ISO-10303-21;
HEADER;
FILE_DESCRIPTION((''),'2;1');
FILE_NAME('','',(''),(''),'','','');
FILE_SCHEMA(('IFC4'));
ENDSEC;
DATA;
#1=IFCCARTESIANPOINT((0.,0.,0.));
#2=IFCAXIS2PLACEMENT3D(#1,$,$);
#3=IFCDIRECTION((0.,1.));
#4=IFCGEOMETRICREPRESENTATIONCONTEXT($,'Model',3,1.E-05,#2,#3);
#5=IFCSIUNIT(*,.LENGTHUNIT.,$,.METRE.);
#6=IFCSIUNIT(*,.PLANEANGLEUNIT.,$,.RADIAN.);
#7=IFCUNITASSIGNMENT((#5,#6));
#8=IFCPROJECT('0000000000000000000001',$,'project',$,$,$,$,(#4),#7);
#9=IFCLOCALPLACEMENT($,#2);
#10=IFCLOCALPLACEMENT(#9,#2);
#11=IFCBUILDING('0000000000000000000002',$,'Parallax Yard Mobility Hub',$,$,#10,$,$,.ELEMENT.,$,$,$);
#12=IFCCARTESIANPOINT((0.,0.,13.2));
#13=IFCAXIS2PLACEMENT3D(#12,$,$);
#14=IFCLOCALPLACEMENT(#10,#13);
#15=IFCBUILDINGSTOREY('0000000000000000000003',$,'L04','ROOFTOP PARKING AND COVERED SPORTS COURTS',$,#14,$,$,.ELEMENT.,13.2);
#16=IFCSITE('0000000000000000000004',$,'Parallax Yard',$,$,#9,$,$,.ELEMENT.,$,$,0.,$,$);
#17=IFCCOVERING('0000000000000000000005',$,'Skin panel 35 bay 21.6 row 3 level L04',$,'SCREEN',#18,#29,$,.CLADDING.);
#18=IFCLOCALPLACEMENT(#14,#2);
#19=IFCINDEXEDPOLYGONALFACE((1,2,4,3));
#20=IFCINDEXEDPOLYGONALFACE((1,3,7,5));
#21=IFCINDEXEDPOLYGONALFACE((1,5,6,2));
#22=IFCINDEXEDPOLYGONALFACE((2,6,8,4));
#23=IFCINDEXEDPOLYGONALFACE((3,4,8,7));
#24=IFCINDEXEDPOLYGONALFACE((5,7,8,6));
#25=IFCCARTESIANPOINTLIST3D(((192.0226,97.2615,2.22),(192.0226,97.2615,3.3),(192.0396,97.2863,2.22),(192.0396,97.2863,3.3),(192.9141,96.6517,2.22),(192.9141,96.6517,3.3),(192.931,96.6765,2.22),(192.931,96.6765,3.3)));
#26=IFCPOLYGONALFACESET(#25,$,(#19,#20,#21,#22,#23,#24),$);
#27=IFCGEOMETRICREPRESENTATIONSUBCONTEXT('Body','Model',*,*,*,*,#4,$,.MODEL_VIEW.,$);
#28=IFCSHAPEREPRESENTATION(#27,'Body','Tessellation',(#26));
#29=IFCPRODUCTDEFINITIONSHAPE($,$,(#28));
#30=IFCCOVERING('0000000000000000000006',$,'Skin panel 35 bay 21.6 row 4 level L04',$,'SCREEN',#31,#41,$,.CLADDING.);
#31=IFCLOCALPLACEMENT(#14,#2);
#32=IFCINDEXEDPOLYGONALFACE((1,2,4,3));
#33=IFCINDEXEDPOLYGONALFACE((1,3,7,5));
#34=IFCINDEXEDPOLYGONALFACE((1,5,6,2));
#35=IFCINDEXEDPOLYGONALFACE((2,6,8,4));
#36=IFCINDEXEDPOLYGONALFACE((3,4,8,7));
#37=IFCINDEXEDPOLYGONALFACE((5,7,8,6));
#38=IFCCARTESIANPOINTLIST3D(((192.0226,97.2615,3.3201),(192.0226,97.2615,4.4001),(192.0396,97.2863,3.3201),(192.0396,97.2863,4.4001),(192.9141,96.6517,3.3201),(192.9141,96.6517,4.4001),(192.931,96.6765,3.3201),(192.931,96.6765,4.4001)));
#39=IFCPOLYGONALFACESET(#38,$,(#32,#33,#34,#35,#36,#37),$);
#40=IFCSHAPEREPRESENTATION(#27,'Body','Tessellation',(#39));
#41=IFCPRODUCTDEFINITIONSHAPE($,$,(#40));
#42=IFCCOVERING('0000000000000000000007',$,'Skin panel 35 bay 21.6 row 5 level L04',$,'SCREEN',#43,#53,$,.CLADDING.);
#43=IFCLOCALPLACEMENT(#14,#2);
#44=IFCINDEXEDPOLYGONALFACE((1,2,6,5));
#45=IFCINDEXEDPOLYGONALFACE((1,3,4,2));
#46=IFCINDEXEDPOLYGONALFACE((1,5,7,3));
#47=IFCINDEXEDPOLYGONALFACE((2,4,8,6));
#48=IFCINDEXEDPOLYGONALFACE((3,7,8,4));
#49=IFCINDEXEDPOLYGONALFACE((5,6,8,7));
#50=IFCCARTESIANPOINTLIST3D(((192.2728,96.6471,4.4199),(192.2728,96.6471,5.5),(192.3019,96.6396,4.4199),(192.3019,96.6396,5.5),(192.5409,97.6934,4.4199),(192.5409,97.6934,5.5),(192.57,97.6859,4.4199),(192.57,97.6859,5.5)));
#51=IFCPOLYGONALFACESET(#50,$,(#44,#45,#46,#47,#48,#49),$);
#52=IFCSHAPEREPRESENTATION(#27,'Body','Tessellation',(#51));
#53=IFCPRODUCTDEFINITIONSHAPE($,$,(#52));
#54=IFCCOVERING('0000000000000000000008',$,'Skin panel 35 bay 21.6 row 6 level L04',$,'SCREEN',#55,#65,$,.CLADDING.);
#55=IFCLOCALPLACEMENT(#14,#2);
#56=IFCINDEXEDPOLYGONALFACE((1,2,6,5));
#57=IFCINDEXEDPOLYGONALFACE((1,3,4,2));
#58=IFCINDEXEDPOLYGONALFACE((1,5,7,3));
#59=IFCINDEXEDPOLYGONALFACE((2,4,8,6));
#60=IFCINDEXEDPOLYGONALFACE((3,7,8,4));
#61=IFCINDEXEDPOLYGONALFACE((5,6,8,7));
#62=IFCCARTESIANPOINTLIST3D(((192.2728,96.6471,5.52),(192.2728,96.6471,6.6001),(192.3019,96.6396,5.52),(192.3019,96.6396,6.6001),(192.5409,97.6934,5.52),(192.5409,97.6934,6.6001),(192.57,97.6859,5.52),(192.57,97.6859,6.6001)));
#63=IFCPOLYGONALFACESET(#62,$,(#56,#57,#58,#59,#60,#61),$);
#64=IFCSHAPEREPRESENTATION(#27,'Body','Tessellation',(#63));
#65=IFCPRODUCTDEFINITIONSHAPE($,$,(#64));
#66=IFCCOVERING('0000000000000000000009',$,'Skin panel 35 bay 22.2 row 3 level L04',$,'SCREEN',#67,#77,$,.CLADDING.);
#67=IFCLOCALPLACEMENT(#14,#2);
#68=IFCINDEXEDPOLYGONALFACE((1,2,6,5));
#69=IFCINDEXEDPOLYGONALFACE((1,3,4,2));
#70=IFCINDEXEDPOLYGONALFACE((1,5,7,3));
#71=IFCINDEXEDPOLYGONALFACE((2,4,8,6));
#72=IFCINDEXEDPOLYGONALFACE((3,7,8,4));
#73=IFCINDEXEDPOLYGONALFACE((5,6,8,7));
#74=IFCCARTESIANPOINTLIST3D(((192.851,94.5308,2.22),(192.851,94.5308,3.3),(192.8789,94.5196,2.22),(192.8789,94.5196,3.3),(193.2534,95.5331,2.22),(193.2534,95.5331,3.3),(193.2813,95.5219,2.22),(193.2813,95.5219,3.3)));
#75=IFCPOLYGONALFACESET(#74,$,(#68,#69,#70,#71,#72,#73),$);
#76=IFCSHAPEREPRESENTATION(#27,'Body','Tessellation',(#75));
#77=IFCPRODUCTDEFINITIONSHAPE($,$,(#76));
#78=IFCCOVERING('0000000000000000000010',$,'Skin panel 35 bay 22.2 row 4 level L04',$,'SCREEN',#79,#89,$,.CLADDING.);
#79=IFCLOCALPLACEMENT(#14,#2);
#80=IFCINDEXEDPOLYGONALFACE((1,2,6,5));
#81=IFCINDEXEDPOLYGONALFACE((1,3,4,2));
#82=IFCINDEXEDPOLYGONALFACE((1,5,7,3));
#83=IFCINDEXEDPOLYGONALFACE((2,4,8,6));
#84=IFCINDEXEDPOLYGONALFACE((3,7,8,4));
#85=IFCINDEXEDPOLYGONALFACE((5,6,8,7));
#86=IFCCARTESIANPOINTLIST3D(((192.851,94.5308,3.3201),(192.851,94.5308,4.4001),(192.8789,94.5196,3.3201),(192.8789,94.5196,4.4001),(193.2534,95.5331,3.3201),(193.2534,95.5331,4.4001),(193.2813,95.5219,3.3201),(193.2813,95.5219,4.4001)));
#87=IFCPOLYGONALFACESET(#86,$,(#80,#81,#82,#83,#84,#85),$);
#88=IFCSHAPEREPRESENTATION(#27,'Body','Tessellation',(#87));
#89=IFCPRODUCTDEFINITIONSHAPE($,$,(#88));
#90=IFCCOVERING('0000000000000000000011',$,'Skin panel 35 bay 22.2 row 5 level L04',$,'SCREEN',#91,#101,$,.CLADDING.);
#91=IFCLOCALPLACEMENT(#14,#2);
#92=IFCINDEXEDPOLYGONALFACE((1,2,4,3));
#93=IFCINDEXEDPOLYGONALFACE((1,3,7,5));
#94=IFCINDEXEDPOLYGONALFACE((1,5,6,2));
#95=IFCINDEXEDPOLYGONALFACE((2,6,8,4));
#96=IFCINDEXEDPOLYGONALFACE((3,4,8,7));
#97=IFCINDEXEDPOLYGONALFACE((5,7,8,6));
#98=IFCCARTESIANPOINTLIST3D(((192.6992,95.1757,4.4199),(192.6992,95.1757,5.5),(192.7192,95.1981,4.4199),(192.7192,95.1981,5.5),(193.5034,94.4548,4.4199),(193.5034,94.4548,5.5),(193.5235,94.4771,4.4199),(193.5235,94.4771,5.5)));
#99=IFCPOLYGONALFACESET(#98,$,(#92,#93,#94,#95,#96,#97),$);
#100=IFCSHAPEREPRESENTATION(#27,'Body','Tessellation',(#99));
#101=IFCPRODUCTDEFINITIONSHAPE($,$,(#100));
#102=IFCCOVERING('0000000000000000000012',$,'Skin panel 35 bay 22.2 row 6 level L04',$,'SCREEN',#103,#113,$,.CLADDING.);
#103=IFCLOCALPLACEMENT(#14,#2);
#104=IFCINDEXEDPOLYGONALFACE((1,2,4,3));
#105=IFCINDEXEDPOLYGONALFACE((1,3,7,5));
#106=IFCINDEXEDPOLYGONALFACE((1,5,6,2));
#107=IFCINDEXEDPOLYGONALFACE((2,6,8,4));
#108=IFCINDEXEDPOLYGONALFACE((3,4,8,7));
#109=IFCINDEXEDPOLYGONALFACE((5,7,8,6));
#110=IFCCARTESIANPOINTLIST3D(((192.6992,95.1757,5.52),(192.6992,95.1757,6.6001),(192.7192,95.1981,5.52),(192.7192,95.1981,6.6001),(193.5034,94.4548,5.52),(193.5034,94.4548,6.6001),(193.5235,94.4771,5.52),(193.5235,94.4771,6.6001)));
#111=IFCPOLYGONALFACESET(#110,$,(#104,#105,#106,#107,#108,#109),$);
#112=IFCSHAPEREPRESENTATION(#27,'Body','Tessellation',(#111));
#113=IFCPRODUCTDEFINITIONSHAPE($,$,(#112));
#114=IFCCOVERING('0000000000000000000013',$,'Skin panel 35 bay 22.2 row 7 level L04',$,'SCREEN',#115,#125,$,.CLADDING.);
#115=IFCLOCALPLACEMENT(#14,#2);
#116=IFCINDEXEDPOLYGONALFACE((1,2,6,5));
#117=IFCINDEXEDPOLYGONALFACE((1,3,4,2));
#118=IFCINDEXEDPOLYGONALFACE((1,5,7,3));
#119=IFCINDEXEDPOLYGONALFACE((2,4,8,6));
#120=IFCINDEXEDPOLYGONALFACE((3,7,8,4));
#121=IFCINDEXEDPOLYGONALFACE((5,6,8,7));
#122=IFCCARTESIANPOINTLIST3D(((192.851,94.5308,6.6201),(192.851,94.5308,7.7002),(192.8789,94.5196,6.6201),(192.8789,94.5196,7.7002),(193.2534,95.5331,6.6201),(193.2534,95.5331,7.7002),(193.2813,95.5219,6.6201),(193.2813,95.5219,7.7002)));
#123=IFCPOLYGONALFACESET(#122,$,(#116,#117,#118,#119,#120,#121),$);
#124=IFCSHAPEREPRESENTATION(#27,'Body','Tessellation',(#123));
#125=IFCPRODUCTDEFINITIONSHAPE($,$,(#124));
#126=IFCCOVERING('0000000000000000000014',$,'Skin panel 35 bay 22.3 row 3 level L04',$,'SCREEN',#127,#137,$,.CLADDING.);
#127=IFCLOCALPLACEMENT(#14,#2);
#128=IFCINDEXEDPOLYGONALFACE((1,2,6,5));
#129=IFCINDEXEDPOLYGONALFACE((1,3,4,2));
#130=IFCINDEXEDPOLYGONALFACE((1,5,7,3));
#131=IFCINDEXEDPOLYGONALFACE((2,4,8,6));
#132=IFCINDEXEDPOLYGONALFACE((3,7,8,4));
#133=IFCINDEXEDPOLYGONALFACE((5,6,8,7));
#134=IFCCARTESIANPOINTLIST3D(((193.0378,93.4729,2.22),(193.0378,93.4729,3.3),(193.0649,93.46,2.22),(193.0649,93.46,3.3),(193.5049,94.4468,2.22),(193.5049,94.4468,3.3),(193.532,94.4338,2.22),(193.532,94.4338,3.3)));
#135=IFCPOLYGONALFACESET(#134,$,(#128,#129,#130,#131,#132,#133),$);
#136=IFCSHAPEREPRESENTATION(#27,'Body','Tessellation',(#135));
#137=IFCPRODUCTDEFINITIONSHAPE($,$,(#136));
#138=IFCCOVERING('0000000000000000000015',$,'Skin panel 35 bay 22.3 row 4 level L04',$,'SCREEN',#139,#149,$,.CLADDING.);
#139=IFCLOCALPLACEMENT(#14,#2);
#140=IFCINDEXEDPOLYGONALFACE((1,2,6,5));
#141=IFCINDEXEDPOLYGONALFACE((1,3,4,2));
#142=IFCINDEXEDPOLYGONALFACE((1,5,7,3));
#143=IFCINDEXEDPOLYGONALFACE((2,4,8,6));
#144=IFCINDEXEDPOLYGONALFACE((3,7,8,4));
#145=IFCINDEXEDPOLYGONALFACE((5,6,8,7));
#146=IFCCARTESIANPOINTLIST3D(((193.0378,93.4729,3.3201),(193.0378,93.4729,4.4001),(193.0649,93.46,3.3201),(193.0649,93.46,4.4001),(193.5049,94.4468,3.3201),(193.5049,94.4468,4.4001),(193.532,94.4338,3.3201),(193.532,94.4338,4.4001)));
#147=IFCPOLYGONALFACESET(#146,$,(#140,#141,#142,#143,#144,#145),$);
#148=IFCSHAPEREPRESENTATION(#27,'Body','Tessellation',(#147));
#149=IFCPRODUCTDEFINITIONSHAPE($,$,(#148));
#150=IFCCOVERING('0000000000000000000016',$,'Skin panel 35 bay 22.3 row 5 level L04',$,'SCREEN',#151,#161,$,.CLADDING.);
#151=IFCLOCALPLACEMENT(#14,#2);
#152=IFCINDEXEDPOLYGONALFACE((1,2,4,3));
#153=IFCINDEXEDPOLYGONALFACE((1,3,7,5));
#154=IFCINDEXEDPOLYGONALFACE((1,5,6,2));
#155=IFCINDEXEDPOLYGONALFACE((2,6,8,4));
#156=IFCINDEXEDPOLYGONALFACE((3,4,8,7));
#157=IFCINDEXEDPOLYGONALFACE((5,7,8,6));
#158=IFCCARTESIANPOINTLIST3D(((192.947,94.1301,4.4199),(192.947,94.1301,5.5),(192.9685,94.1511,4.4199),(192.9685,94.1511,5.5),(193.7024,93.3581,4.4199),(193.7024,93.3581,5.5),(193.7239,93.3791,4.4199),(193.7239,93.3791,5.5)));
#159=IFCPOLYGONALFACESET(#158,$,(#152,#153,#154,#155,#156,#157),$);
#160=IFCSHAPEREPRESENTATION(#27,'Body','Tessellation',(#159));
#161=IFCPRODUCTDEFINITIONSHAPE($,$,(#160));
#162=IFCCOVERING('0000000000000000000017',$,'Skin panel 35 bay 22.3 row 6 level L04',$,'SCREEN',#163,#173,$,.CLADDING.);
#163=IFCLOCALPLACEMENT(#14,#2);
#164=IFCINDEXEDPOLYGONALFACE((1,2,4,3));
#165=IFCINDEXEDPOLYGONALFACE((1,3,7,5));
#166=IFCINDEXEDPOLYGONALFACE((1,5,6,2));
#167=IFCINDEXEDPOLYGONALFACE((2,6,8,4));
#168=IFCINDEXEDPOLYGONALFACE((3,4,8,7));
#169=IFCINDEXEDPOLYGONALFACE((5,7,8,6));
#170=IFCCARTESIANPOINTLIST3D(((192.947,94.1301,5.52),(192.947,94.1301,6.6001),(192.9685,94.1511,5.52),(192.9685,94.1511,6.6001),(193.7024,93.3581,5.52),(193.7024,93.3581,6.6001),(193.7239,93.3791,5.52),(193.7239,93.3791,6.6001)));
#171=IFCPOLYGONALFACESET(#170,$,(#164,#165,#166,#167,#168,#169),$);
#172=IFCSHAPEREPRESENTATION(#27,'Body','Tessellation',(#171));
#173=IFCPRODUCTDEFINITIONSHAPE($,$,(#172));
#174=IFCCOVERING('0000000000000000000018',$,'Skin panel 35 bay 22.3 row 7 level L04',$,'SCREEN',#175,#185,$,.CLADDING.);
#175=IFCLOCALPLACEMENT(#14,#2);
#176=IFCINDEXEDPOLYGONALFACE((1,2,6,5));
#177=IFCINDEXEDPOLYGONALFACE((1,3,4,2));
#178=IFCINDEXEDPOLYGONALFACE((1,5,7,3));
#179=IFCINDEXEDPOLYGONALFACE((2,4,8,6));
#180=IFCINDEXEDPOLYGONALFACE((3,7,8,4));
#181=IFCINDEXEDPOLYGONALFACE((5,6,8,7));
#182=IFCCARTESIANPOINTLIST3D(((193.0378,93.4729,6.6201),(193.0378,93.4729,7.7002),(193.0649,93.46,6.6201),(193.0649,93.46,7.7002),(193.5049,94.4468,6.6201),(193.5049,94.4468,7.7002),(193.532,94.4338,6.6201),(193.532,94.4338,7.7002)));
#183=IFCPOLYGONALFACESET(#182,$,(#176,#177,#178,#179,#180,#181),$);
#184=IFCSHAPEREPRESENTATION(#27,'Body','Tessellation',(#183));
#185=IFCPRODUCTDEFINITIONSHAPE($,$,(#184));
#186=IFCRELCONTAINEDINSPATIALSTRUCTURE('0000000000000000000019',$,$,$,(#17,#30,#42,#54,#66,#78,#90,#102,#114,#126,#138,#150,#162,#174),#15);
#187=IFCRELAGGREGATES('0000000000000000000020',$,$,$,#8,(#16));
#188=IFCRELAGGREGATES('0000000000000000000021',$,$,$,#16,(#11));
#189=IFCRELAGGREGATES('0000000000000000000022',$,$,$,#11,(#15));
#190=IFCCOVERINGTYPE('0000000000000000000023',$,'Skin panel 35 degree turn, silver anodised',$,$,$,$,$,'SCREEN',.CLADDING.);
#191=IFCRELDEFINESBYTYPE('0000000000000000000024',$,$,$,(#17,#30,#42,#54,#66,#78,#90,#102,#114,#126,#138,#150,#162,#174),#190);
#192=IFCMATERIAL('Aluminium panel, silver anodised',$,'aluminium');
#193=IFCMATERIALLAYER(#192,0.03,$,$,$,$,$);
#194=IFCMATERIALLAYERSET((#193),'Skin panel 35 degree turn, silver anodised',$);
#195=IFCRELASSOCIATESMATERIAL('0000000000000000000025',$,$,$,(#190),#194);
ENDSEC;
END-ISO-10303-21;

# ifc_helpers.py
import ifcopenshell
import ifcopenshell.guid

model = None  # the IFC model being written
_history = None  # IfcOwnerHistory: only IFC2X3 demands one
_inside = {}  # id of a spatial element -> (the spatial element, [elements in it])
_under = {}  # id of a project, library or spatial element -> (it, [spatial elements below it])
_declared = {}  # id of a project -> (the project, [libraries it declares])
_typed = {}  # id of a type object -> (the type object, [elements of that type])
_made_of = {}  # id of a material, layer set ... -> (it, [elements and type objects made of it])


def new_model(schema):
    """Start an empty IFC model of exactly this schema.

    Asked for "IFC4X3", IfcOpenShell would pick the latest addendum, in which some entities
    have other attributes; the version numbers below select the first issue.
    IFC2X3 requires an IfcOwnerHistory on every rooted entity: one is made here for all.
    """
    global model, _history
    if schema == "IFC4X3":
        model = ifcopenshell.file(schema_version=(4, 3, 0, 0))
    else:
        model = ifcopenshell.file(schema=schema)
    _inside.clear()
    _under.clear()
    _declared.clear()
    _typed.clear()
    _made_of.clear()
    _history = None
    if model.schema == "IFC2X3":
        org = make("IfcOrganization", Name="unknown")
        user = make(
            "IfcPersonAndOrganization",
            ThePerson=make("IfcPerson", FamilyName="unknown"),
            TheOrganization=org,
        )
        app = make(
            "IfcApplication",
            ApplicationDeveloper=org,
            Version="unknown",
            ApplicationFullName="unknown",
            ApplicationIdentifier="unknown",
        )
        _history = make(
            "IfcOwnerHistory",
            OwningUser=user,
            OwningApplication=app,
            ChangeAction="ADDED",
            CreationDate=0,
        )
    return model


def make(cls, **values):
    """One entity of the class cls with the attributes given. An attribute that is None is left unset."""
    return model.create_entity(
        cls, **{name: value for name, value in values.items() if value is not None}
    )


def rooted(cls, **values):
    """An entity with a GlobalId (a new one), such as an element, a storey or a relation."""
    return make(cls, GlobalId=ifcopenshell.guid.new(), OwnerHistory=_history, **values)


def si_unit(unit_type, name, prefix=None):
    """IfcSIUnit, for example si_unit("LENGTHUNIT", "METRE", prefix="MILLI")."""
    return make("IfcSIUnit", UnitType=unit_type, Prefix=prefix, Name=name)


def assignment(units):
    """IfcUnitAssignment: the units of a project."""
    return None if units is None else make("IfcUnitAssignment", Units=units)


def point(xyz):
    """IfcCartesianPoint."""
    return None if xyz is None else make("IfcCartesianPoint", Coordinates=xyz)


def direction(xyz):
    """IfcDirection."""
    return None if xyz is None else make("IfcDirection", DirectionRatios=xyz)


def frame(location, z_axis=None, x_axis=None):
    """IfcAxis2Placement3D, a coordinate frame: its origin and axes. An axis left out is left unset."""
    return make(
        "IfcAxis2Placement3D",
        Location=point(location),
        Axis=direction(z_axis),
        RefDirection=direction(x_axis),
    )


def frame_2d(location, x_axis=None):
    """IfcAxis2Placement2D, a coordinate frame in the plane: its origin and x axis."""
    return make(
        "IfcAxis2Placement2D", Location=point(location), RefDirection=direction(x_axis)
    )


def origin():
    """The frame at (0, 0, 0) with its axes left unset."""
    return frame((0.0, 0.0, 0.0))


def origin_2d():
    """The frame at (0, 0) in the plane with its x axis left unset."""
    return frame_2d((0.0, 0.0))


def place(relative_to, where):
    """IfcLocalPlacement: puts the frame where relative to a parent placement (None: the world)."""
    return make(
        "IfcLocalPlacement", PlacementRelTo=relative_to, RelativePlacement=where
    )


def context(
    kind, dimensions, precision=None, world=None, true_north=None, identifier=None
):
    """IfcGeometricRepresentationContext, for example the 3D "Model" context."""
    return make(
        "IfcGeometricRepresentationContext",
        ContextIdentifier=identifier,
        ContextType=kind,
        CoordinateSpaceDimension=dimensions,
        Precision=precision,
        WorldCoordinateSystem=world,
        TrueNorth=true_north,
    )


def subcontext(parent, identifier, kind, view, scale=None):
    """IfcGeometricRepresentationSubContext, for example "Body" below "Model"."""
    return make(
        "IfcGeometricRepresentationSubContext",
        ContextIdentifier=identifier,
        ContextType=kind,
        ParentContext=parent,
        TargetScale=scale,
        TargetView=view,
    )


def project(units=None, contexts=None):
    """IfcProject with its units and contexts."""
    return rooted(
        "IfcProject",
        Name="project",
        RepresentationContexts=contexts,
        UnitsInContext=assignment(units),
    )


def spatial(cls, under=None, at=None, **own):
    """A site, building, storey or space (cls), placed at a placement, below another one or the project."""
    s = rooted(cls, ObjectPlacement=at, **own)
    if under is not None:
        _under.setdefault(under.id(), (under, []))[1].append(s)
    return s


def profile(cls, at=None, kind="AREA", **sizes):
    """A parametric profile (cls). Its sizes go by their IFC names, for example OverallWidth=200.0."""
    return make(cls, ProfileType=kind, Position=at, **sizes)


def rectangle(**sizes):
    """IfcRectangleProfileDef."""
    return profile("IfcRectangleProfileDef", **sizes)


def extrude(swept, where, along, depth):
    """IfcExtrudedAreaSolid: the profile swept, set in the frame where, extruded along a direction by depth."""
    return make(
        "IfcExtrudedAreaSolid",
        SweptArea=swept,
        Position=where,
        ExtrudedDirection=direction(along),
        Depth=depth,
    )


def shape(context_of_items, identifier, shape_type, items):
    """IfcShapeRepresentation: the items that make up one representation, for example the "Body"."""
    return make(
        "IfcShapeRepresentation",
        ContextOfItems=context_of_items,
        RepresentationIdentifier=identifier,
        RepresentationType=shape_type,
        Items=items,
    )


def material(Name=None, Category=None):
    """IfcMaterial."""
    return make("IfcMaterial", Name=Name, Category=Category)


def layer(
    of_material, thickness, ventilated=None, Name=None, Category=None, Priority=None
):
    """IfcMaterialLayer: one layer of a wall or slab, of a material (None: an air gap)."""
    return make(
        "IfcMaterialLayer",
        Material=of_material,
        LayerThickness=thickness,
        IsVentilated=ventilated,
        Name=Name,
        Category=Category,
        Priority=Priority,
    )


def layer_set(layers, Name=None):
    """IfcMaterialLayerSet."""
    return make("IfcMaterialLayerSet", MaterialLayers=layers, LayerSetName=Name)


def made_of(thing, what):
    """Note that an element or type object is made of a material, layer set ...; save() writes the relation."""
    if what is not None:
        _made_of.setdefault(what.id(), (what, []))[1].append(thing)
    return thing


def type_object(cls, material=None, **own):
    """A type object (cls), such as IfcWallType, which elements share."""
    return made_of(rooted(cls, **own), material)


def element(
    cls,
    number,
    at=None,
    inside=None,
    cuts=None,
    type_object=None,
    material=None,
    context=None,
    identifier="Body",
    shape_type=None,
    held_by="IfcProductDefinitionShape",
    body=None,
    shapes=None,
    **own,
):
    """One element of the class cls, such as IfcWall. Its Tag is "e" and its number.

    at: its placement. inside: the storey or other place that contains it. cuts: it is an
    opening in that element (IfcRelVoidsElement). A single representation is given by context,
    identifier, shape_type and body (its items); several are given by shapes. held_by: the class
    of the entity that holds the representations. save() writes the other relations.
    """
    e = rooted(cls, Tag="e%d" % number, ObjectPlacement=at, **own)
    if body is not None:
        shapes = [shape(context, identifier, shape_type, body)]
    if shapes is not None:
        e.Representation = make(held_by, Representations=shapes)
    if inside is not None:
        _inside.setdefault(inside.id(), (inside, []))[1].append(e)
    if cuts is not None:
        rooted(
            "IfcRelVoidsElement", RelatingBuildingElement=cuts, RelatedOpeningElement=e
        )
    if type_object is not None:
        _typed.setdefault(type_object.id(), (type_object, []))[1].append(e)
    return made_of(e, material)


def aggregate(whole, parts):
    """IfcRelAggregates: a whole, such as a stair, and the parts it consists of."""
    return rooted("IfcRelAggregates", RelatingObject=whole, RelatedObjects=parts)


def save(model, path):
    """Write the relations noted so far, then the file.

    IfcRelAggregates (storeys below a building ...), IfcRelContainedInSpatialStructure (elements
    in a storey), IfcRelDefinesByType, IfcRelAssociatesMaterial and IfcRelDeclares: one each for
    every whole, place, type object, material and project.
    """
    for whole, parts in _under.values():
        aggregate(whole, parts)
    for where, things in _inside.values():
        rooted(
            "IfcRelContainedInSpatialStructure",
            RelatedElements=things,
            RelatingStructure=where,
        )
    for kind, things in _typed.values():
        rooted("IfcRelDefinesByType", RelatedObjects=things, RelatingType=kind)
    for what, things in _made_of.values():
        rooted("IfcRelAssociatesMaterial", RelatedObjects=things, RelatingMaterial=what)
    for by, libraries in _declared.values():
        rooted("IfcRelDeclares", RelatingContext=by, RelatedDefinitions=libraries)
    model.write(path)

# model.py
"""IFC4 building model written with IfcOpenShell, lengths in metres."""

from ifc_helpers import new_model, si_unit, direction, frame, origin, origin_2d, place, context, subcontext, project, spatial, rectangle, extrude, material, layer, layer_set, type_object, element, save


model = new_model("IFC4")

# Units and contexts
model_context = context("Model", 3, precision=1e-05, world=origin(), true_north=direction((0.0, 1.0)))
body_context = subcontext(model_context, "Body", "Model", "MODEL_VIEW")
ifc_project = project(units=[si_unit("LENGTHUNIT", "METRE"), si_unit("PLANEANGLEUNIT", "RADIAN")], contexts=[model_context])

# Site, building, storey
site_placement = place(None, origin())
site = spatial("IfcSite", under=ifc_project, at=site_placement, Name="Parallax Yard", CompositionType="ELEMENT", RefElevation=0.0)
building_placement = place(site_placement, origin())
building = spatial("IfcBuilding", under=site, at=building_placement, Name="Parallax Yard Mobility Hub", CompositionType="ELEMENT")
storey_placement = place(building_placement, frame((0.0, 0.0, 13.2)))
storey = spatial("IfcBuildingStorey", under=building, at=storey_placement, Name="L04", Description="ROOFTOP PARKING AND COVERED SPORTS COURTS", CompositionType="ELEMENT", Elevation=13.2)

# Coverings
ifc_material = material(Name="Aluminium panel, silver anodised", Category="aluminium")
ifc_layer_1 = layer(ifc_material, 0.03)
ifc_layer_set_1 = layer_set([ifc_layer_1], Name="Skin panel 35 degree turn, silver anodised")
covering_type_1 = type_object("IfcCoveringType", Name="Skin panel 35 degree turn, silver anodised", ElementType="SCREEN", PredefinedType="CLADDING", material=ifc_layer_set_1)
for number, where, z_axis, x_axis, name in (
    (1, (192.4768, 96.969, 2.22), (0.0, 0.0, 1.0), (-0.82536, 0.564607, 0.0), "Skin panel 35 bay 21.6 row 3 level L04"),
    (2, (192.4768, 96.969, 3.3201), (0.0, 0.0, 1.0), (-0.82536, 0.564607, 0.0), "Skin panel 35 bay 21.6 row 4 level L04"),
    (3, (192.4214, 97.1665, 4.4199), (0.0, 0.0, 1.0), (-0.248267, -0.968692, 0.0), "Skin panel 35 bay 21.6 row 5 level L04"),
    (4, (192.4214, 97.1665, 5.52), (0.0, 0.0, 1.0), (-0.248267, -0.968692, 0.0), "Skin panel 35 bay 21.6 row 6 level L04"),
    (5, (193.0662, 95.0264, 2.22), (0.0, 0.0, 1.0), (-0.372583, -0.927999, 0.0), "Skin panel 35 bay 22.2 row 3 level L04"),
    (6, (193.0662, 95.0264, 3.3201), (0.0, 0.0, 1.0), (-0.372583, -0.927999, 0.0), "Skin panel 35 bay 22.2 row 4 level L04"),
    (7, (193.1113, 94.8264, 4.4199), (0.0, 0.0, 1.0), (-0.744603, 0.667508, 0.0), "Skin panel 35 bay 22.2 row 5 level L04"),
    (8, (193.1113, 94.8264, 5.52), (0.0, 0.0, 1.0), (-0.744603, 0.667508, 0.0), "Skin panel 35 bay 22.2 row 6 level L04"),
    (9, (193.0662, 95.0264, 6.6201), (0.0, 0.0, 1.0), (-0.372583, -0.927999, 0.0), "Skin panel 35 bay 22.2 row 7 level L04"),
    (10, (193.2849, 93.9534, 2.22), (0.0, 0.0, 1.0), (-0.432479, -0.901644, 0.0), "Skin panel 35 bay 22.3 row 3 level L04"),
    (11, (193.2849, 93.9534, 3.3201), (0.0, 0.0, 1.0), (-0.432479, -0.901644, 0.0), "Skin panel 35 bay 22.3 row 4 level L04"),
    (12, (193.3354, 93.7546, 4.4199), (0.0, 0.0, 1.0), (-0.699352, 0.714778, 0.0), "Skin panel 35 bay 22.3 row 5 level L04"),
    (13, (193.3354, 93.7546, 5.52), (0.0, 0.0, 1.0), (-0.699352, 0.714778, 0.0), "Skin panel 35 bay 22.3 row 6 level L04"),
    (14, (193.2849, 93.9534, 6.6201), (0.0, 0.0, 1.0), (-0.432479, -0.901644, 0.0), "Skin panel 35 bay 22.3 row 7 level L04"),
):
    element("IfcCovering", number, at=place(storey_placement, frame(where, z_axis=z_axis, x_axis=x_axis)), inside=storey, type_object=covering_type_1, Name=name, ObjectType="SCREEN", PredefinedType="CLADDING", context=body_context, shape_type="SweptSolid", body=[
        extrude(rectangle(XDim=1.0801, YDim=0.03, at=origin_2d()), origin(), (0.0, 0.0, 1.0), 1.0801),
    ])

save(model, "model.ifc")
